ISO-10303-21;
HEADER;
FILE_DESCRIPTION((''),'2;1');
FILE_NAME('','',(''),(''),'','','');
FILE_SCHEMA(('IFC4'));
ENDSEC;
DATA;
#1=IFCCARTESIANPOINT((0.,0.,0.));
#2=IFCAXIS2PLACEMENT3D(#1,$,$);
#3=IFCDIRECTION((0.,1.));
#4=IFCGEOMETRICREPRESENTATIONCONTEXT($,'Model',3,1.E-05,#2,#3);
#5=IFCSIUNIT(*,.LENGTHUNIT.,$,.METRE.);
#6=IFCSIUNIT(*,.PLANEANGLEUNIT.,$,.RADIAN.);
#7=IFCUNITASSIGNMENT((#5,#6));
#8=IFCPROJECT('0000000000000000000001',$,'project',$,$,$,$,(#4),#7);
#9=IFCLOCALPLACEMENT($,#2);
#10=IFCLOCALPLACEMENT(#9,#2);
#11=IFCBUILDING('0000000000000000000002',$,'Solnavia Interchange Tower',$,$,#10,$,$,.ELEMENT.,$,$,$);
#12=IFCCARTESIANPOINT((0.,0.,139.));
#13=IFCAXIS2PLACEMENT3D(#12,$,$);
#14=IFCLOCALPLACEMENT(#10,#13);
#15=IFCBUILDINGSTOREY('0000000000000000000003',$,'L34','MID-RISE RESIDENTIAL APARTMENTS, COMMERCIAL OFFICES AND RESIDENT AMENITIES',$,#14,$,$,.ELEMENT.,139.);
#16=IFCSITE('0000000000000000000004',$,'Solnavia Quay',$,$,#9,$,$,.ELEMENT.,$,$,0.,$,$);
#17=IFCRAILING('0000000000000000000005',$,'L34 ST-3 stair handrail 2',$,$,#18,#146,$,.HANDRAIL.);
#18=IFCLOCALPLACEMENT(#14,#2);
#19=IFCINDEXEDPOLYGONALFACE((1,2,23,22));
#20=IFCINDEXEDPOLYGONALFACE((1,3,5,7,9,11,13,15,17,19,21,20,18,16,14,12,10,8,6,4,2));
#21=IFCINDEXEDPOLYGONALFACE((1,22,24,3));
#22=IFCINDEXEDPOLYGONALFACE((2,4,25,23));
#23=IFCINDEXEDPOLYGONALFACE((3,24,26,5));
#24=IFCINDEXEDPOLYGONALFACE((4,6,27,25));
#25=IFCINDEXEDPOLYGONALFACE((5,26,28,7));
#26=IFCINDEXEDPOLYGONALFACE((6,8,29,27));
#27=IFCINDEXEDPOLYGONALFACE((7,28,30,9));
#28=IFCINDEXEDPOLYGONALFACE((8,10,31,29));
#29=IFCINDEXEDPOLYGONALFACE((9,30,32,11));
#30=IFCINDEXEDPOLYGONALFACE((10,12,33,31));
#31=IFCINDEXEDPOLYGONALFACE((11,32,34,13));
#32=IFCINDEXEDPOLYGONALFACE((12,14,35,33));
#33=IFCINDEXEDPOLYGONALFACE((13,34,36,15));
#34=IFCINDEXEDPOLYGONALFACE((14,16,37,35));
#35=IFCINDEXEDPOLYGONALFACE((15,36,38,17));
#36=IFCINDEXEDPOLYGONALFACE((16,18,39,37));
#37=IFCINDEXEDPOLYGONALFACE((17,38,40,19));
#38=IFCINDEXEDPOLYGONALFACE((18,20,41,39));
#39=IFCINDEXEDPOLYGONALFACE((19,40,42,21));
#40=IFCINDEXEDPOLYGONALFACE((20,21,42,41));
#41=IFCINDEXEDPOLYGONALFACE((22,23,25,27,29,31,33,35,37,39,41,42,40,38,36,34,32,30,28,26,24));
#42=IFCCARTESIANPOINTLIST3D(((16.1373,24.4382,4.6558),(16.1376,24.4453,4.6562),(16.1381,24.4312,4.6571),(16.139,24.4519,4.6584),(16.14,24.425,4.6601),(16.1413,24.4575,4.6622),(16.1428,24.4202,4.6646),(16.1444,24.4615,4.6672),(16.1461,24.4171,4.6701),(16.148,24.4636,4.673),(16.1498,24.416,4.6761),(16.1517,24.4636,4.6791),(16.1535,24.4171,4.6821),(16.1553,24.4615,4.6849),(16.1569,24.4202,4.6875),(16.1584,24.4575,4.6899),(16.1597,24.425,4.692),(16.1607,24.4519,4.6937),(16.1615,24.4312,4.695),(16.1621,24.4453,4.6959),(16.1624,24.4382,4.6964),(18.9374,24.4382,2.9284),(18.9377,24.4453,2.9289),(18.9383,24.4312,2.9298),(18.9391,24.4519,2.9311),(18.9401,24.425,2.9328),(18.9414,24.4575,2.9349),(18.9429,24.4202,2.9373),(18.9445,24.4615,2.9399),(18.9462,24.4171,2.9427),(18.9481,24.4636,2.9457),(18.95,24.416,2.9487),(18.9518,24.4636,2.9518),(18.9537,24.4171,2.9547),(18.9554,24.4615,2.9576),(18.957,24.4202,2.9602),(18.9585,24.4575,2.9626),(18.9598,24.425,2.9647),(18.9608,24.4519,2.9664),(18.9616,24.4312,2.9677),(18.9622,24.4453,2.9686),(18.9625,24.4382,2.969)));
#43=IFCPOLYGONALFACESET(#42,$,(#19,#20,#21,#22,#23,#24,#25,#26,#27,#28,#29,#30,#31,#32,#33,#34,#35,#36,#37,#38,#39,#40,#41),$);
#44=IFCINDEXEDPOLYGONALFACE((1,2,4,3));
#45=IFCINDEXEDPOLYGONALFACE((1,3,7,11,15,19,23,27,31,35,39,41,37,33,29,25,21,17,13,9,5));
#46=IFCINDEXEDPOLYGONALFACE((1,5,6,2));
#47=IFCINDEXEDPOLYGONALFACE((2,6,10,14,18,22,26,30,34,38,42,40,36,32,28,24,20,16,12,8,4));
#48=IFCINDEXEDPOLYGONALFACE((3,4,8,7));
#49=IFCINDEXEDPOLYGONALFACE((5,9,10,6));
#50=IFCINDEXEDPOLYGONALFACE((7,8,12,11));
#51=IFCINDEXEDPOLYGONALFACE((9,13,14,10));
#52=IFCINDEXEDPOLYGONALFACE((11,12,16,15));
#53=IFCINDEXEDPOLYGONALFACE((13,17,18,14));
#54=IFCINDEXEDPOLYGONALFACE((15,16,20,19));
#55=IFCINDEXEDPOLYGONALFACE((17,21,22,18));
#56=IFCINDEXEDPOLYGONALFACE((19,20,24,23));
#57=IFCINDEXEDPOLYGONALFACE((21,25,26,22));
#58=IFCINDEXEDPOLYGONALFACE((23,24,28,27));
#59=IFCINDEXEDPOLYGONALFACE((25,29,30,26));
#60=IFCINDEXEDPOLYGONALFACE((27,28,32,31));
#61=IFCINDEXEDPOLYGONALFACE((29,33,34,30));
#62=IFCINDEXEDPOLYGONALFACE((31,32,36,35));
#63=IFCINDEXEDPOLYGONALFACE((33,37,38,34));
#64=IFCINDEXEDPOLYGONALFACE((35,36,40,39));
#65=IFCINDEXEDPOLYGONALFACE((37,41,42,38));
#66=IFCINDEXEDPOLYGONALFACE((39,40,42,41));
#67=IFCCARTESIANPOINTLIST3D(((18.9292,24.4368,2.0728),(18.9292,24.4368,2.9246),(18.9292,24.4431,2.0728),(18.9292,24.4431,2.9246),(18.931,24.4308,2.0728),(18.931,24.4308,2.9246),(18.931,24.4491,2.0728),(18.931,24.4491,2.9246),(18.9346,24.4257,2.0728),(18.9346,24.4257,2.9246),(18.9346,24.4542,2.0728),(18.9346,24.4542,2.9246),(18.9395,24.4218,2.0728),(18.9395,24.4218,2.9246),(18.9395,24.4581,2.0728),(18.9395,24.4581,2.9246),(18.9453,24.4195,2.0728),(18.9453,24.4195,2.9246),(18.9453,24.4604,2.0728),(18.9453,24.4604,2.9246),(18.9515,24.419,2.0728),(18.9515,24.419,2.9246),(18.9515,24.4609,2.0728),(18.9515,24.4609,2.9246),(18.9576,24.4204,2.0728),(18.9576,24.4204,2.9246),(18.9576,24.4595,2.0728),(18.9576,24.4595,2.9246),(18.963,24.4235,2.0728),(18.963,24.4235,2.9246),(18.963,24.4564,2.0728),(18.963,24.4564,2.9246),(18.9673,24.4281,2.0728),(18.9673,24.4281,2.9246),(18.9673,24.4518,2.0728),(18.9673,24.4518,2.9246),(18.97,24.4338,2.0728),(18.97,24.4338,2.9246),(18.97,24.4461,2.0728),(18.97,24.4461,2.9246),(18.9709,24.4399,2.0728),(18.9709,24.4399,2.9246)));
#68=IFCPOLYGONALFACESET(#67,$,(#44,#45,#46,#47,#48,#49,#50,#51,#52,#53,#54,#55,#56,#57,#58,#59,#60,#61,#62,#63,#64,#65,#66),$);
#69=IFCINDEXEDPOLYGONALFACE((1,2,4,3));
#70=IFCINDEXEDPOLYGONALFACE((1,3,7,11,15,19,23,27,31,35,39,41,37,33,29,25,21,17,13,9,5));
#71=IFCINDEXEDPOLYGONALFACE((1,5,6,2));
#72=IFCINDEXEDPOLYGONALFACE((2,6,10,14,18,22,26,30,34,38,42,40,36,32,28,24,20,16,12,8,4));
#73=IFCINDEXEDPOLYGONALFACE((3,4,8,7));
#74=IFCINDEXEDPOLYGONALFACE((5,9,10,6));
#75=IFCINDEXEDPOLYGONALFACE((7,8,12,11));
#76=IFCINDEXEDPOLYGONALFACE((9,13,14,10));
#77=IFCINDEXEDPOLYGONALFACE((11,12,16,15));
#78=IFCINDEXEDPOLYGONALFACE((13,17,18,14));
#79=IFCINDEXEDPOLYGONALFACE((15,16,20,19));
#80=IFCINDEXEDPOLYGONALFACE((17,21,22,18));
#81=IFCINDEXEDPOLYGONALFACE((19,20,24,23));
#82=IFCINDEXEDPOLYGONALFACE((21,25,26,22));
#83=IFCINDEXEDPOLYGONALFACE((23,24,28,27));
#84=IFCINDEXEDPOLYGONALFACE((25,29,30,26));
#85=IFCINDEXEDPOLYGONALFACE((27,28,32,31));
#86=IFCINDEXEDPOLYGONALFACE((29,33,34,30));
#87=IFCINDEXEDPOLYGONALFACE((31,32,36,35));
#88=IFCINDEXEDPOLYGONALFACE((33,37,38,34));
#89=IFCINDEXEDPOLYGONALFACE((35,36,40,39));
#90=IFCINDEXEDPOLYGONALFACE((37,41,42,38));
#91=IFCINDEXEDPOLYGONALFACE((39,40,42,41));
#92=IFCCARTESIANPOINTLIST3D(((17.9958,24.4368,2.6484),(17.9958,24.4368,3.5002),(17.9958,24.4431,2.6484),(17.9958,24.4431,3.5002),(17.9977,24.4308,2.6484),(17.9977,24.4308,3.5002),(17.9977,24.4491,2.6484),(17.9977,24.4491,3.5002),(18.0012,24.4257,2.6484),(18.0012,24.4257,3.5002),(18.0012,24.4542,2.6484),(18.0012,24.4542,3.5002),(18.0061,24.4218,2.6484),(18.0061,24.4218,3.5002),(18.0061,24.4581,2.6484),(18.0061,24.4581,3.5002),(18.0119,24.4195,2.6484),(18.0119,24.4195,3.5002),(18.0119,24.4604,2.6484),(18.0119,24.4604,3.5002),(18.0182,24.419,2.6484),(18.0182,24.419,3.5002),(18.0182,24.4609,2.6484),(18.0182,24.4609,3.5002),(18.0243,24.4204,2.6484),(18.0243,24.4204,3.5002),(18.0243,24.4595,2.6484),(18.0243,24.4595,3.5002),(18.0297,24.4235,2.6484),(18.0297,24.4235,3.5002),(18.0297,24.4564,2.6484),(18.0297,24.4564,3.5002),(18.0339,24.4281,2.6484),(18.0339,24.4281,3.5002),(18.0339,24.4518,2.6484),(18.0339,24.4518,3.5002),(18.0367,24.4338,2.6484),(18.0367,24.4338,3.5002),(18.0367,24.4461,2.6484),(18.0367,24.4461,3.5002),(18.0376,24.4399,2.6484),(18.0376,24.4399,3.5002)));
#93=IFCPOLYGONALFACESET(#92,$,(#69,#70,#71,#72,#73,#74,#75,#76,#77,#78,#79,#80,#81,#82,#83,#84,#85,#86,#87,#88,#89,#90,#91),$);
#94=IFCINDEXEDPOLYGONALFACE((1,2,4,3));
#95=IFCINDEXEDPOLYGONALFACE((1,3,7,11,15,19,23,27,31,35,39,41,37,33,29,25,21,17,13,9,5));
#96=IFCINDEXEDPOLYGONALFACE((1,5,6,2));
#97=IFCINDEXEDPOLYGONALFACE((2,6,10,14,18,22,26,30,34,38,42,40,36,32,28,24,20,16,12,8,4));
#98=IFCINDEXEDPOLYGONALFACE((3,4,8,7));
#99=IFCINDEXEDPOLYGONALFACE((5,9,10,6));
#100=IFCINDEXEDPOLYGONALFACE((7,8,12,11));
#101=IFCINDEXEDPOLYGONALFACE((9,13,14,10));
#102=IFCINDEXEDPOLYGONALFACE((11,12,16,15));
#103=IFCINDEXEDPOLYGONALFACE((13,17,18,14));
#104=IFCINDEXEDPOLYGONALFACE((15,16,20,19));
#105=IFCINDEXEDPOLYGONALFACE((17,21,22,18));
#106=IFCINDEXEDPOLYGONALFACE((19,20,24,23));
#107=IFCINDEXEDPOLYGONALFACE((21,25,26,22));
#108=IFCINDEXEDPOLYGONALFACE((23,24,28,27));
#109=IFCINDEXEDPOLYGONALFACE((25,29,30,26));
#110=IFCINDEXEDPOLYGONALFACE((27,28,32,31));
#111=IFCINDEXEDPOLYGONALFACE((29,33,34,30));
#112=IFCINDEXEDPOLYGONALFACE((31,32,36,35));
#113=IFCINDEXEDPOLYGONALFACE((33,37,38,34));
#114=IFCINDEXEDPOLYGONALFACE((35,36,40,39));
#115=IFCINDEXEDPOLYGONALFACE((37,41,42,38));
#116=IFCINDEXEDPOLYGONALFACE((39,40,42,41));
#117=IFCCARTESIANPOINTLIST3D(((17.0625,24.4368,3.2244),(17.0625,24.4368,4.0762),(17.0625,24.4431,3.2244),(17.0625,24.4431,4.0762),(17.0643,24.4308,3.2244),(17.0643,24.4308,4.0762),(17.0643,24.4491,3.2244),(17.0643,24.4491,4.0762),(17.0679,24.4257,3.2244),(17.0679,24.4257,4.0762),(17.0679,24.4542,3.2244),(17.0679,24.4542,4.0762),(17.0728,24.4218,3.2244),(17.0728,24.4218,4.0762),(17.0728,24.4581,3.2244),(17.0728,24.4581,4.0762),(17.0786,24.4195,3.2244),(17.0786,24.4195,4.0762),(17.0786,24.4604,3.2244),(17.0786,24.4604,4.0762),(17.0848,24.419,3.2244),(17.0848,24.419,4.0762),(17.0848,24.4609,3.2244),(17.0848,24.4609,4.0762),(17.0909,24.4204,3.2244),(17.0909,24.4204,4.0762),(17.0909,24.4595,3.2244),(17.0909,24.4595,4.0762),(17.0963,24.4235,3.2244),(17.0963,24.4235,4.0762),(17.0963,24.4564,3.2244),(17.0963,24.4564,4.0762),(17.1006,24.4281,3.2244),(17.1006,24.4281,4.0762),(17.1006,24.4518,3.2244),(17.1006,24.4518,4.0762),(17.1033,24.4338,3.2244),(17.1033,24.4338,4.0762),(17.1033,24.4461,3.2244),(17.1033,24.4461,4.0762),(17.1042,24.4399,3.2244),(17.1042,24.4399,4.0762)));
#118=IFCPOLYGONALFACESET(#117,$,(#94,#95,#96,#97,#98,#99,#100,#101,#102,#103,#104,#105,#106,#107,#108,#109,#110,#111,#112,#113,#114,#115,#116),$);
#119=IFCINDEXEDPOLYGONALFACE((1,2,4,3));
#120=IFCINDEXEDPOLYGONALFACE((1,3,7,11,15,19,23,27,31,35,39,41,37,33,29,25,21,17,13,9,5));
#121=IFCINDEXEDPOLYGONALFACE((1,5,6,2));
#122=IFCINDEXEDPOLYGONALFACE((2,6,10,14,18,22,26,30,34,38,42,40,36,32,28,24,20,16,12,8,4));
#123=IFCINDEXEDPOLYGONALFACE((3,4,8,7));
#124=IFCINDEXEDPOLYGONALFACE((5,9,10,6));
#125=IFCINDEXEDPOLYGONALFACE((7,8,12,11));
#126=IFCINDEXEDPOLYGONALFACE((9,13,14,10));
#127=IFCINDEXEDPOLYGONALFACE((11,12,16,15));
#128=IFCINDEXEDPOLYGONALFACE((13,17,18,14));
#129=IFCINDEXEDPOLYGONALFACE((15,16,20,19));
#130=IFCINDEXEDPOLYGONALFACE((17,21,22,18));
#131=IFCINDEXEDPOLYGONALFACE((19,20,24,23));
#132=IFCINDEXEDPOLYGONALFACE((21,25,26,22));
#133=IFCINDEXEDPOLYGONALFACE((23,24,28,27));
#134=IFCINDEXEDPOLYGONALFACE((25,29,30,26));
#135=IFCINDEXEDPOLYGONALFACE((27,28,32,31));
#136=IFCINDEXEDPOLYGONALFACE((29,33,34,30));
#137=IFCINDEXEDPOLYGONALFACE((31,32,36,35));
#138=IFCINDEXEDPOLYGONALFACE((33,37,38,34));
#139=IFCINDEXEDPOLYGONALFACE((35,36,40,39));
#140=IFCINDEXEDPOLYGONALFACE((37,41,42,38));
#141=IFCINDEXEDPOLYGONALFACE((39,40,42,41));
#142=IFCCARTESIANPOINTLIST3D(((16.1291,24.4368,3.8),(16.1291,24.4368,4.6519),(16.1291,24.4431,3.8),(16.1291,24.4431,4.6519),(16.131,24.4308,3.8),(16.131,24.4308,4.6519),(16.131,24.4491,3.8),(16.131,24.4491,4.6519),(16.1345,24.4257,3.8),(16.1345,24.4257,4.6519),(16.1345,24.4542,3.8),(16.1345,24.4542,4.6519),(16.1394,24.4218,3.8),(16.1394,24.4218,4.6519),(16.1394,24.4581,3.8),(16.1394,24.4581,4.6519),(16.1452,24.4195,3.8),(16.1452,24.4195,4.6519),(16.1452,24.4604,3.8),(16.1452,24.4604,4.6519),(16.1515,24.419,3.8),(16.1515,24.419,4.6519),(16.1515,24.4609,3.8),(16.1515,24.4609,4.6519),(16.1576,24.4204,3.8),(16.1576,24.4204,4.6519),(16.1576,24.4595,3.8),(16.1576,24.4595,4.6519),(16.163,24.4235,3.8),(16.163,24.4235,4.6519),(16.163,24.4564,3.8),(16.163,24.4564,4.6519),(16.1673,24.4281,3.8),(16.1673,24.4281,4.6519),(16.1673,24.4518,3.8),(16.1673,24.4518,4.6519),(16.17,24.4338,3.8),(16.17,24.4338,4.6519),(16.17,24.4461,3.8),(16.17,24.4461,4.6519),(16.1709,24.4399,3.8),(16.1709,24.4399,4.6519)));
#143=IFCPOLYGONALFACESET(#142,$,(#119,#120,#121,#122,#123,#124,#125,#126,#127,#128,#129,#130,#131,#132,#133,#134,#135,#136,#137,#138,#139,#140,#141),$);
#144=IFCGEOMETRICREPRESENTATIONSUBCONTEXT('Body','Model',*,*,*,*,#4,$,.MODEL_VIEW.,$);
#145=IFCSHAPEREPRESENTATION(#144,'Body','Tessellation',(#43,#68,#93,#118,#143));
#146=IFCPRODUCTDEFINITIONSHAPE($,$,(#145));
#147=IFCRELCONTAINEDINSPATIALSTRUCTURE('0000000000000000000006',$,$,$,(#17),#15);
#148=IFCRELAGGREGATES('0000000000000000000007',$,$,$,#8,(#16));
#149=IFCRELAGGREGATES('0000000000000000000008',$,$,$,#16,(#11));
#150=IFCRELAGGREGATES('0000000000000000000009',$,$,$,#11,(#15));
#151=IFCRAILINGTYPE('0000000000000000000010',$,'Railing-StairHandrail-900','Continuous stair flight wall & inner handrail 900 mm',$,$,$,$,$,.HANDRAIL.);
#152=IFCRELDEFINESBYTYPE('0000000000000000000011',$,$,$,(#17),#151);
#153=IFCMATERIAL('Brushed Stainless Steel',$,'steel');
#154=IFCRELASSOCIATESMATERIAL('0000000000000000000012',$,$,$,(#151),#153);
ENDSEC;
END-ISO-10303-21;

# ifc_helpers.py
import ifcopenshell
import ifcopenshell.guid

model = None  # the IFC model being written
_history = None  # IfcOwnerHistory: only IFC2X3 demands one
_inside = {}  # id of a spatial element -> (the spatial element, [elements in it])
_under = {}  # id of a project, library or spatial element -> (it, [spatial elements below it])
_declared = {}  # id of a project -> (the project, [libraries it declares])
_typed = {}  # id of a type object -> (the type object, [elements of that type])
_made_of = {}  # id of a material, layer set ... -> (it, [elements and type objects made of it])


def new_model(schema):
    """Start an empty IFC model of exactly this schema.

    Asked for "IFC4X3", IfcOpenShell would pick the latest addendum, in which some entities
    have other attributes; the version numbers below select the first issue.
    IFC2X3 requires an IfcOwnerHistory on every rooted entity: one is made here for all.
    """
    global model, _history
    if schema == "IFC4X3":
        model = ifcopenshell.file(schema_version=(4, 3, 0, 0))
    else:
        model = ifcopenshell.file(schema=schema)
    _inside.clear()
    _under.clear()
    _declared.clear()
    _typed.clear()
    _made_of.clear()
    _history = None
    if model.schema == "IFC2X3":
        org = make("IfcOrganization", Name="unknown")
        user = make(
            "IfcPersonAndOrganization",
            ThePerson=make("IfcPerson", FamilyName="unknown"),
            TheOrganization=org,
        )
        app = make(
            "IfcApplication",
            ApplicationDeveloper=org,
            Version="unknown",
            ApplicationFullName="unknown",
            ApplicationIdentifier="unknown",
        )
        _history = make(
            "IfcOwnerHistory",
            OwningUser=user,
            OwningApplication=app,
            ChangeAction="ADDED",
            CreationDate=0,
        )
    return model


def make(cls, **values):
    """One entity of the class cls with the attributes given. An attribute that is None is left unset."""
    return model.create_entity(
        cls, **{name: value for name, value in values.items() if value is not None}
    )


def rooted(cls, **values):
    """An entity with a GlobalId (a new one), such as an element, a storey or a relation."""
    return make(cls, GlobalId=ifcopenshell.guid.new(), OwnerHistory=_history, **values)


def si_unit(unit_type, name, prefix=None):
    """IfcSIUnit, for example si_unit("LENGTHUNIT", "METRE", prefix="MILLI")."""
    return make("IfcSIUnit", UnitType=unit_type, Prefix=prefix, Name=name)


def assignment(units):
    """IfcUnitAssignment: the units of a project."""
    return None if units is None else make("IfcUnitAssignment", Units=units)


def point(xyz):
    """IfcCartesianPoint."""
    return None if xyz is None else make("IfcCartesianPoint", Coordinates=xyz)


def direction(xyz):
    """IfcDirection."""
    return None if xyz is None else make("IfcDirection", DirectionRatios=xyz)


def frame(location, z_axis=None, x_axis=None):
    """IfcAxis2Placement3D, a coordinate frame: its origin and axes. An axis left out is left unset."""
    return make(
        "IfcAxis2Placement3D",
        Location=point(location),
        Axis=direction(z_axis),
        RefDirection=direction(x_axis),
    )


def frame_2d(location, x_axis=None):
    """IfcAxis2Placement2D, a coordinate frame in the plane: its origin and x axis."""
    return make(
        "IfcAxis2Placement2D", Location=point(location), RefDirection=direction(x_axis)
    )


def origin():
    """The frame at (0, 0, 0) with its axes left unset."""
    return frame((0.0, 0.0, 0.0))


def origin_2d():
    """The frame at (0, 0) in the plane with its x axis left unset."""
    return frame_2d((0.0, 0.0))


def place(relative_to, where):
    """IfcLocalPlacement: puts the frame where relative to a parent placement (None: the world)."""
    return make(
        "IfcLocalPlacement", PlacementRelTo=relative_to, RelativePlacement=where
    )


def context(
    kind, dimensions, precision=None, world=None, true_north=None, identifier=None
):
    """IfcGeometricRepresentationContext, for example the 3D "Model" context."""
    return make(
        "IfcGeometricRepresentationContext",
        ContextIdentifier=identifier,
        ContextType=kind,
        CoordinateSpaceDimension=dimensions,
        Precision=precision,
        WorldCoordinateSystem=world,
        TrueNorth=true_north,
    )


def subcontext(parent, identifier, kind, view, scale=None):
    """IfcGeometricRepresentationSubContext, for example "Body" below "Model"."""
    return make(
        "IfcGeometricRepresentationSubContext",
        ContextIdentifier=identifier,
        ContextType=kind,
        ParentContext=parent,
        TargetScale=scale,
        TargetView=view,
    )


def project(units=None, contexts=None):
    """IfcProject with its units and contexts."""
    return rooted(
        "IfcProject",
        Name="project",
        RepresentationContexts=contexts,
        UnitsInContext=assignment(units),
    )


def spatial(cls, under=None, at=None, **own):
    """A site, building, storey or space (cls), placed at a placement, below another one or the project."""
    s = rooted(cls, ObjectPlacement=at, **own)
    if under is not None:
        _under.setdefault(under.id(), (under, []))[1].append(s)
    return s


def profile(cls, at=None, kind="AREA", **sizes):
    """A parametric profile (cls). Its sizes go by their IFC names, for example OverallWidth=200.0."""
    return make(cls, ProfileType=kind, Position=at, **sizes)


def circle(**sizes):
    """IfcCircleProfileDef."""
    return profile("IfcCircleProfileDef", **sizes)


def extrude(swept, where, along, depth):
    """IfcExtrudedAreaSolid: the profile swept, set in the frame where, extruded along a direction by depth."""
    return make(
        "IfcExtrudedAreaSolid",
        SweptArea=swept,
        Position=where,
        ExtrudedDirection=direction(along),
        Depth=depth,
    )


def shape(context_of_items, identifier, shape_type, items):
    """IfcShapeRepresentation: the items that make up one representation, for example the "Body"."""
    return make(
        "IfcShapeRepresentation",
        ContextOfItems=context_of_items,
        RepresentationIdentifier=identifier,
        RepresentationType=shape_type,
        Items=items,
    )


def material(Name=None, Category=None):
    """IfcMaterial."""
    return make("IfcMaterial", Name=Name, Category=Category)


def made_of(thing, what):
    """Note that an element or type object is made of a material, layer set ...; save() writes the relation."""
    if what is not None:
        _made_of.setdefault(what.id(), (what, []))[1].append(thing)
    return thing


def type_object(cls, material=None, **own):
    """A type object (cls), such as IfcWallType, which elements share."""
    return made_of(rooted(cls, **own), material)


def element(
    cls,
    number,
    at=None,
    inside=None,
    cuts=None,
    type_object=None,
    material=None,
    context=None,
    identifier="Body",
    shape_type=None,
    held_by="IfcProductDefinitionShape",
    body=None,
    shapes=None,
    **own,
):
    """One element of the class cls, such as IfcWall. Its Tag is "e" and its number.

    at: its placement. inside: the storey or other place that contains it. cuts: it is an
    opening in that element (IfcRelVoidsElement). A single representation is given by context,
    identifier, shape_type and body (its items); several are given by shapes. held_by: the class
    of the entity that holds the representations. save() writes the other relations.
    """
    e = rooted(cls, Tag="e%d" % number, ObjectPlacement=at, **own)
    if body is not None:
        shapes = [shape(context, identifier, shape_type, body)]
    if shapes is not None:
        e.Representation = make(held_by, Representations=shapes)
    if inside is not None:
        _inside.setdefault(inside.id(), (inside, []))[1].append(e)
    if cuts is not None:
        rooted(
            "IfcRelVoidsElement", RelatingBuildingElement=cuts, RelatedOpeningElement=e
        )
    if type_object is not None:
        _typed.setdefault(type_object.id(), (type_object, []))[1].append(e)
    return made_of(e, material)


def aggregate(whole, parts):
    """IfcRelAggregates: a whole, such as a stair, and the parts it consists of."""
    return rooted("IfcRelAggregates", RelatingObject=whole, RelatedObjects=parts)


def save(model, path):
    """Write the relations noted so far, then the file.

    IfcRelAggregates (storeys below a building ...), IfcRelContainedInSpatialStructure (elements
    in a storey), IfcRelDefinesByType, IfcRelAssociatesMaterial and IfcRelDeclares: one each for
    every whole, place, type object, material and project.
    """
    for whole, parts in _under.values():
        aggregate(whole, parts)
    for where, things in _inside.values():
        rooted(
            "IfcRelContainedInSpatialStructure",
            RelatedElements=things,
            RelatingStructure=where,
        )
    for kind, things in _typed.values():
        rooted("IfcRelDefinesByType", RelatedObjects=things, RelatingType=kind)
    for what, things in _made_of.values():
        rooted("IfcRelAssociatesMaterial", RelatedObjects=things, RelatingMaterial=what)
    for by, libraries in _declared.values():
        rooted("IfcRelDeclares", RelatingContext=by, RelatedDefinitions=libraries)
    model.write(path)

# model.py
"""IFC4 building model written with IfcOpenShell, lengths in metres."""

from ifc_helpers import new_model, si_unit, direction, frame, origin, origin_2d, place, context, subcontext, project, spatial, circle, extrude, material, type_object, element, save


model = new_model("IFC4")

# Units and contexts
model_context = context("Model", 3, precision=1e-05, world=origin(), true_north=direction((0.0, 1.0)))
body_context = subcontext(model_context, "Body", "Model", "MODEL_VIEW")
ifc_project = project(units=[si_unit("LENGTHUNIT", "METRE"), si_unit("PLANEANGLEUNIT", "RADIAN")], contexts=[model_context])

# Site, building, storey
site_placement = place(None, origin())
site = spatial("IfcSite", under=ifc_project, at=site_placement, Name="Solnavia Quay", CompositionType="ELEMENT", RefElevation=0.0)
building_placement = place(site_placement, origin())
building = spatial("IfcBuilding", under=site, at=building_placement, Name="Solnavia Interchange Tower", CompositionType="ELEMENT")
storey_placement = place(building_placement, frame((0.0, 0.0, 139.0)))
storey = spatial("IfcBuildingStorey", under=building, at=storey_placement, Name="L34", Description="MID-RISE RESIDENTIAL APARTMENTS, COMMERCIAL OFFICES AND RESIDENT AMENITIES", CompositionType="ELEMENT", Elevation=139.0)

# Railing
ifc_material_1 = material(Name="Brushed Stainless Steel", Category="steel")
railing_type_1 = type_object("IfcRailingType", Name="Railing-StairHandrail-900", Description="Continuous stair flight wall & inner handrail 900 mm", PredefinedType="HANDRAIL", material=ifc_material_1)
railing_1_placement = place(storey_placement, frame((18.95, 24.4399, 2.0728)))
element("IfcRailing", 1, at=railing_1_placement, inside=storey, type_object=railing_type_1, Name="L34 ST-3 stair handrail 2", PredefinedType="HANDRAIL", context=body_context, shape_type="SweptSolid", body=[
    extrude(circle(Radius=0.0239, at=origin_2d()), frame((0.0, 0.0, 0.876), z_axis=(-0.85109, 0.0, 0.52502), x_axis=(0.0, -1.0, 0.0)), (0.0, 0.0, 1.0), 3.29),
    extrude(circle(Radius=0.021, at=origin_2d()), origin(), (0.0, 0.0, 1.0), 0.8518),
    extrude(circle(Radius=0.021, at=origin_2d()), frame((-0.9333, 0.0, 0.5757)), (0.0, 0.0, 1.0), 0.8518),
    extrude(circle(Radius=0.021, at=origin_2d()), frame((-1.8667, 0.0, 1.1516)), (0.0, 0.0, 1.0), 0.8518),
    extrude(circle(Radius=0.021, at=origin_2d()), frame((-2.8, 0.0, 1.7273)), (0.0, 0.0, 1.0), 0.8518),
])

save(model, "model.ifc")
